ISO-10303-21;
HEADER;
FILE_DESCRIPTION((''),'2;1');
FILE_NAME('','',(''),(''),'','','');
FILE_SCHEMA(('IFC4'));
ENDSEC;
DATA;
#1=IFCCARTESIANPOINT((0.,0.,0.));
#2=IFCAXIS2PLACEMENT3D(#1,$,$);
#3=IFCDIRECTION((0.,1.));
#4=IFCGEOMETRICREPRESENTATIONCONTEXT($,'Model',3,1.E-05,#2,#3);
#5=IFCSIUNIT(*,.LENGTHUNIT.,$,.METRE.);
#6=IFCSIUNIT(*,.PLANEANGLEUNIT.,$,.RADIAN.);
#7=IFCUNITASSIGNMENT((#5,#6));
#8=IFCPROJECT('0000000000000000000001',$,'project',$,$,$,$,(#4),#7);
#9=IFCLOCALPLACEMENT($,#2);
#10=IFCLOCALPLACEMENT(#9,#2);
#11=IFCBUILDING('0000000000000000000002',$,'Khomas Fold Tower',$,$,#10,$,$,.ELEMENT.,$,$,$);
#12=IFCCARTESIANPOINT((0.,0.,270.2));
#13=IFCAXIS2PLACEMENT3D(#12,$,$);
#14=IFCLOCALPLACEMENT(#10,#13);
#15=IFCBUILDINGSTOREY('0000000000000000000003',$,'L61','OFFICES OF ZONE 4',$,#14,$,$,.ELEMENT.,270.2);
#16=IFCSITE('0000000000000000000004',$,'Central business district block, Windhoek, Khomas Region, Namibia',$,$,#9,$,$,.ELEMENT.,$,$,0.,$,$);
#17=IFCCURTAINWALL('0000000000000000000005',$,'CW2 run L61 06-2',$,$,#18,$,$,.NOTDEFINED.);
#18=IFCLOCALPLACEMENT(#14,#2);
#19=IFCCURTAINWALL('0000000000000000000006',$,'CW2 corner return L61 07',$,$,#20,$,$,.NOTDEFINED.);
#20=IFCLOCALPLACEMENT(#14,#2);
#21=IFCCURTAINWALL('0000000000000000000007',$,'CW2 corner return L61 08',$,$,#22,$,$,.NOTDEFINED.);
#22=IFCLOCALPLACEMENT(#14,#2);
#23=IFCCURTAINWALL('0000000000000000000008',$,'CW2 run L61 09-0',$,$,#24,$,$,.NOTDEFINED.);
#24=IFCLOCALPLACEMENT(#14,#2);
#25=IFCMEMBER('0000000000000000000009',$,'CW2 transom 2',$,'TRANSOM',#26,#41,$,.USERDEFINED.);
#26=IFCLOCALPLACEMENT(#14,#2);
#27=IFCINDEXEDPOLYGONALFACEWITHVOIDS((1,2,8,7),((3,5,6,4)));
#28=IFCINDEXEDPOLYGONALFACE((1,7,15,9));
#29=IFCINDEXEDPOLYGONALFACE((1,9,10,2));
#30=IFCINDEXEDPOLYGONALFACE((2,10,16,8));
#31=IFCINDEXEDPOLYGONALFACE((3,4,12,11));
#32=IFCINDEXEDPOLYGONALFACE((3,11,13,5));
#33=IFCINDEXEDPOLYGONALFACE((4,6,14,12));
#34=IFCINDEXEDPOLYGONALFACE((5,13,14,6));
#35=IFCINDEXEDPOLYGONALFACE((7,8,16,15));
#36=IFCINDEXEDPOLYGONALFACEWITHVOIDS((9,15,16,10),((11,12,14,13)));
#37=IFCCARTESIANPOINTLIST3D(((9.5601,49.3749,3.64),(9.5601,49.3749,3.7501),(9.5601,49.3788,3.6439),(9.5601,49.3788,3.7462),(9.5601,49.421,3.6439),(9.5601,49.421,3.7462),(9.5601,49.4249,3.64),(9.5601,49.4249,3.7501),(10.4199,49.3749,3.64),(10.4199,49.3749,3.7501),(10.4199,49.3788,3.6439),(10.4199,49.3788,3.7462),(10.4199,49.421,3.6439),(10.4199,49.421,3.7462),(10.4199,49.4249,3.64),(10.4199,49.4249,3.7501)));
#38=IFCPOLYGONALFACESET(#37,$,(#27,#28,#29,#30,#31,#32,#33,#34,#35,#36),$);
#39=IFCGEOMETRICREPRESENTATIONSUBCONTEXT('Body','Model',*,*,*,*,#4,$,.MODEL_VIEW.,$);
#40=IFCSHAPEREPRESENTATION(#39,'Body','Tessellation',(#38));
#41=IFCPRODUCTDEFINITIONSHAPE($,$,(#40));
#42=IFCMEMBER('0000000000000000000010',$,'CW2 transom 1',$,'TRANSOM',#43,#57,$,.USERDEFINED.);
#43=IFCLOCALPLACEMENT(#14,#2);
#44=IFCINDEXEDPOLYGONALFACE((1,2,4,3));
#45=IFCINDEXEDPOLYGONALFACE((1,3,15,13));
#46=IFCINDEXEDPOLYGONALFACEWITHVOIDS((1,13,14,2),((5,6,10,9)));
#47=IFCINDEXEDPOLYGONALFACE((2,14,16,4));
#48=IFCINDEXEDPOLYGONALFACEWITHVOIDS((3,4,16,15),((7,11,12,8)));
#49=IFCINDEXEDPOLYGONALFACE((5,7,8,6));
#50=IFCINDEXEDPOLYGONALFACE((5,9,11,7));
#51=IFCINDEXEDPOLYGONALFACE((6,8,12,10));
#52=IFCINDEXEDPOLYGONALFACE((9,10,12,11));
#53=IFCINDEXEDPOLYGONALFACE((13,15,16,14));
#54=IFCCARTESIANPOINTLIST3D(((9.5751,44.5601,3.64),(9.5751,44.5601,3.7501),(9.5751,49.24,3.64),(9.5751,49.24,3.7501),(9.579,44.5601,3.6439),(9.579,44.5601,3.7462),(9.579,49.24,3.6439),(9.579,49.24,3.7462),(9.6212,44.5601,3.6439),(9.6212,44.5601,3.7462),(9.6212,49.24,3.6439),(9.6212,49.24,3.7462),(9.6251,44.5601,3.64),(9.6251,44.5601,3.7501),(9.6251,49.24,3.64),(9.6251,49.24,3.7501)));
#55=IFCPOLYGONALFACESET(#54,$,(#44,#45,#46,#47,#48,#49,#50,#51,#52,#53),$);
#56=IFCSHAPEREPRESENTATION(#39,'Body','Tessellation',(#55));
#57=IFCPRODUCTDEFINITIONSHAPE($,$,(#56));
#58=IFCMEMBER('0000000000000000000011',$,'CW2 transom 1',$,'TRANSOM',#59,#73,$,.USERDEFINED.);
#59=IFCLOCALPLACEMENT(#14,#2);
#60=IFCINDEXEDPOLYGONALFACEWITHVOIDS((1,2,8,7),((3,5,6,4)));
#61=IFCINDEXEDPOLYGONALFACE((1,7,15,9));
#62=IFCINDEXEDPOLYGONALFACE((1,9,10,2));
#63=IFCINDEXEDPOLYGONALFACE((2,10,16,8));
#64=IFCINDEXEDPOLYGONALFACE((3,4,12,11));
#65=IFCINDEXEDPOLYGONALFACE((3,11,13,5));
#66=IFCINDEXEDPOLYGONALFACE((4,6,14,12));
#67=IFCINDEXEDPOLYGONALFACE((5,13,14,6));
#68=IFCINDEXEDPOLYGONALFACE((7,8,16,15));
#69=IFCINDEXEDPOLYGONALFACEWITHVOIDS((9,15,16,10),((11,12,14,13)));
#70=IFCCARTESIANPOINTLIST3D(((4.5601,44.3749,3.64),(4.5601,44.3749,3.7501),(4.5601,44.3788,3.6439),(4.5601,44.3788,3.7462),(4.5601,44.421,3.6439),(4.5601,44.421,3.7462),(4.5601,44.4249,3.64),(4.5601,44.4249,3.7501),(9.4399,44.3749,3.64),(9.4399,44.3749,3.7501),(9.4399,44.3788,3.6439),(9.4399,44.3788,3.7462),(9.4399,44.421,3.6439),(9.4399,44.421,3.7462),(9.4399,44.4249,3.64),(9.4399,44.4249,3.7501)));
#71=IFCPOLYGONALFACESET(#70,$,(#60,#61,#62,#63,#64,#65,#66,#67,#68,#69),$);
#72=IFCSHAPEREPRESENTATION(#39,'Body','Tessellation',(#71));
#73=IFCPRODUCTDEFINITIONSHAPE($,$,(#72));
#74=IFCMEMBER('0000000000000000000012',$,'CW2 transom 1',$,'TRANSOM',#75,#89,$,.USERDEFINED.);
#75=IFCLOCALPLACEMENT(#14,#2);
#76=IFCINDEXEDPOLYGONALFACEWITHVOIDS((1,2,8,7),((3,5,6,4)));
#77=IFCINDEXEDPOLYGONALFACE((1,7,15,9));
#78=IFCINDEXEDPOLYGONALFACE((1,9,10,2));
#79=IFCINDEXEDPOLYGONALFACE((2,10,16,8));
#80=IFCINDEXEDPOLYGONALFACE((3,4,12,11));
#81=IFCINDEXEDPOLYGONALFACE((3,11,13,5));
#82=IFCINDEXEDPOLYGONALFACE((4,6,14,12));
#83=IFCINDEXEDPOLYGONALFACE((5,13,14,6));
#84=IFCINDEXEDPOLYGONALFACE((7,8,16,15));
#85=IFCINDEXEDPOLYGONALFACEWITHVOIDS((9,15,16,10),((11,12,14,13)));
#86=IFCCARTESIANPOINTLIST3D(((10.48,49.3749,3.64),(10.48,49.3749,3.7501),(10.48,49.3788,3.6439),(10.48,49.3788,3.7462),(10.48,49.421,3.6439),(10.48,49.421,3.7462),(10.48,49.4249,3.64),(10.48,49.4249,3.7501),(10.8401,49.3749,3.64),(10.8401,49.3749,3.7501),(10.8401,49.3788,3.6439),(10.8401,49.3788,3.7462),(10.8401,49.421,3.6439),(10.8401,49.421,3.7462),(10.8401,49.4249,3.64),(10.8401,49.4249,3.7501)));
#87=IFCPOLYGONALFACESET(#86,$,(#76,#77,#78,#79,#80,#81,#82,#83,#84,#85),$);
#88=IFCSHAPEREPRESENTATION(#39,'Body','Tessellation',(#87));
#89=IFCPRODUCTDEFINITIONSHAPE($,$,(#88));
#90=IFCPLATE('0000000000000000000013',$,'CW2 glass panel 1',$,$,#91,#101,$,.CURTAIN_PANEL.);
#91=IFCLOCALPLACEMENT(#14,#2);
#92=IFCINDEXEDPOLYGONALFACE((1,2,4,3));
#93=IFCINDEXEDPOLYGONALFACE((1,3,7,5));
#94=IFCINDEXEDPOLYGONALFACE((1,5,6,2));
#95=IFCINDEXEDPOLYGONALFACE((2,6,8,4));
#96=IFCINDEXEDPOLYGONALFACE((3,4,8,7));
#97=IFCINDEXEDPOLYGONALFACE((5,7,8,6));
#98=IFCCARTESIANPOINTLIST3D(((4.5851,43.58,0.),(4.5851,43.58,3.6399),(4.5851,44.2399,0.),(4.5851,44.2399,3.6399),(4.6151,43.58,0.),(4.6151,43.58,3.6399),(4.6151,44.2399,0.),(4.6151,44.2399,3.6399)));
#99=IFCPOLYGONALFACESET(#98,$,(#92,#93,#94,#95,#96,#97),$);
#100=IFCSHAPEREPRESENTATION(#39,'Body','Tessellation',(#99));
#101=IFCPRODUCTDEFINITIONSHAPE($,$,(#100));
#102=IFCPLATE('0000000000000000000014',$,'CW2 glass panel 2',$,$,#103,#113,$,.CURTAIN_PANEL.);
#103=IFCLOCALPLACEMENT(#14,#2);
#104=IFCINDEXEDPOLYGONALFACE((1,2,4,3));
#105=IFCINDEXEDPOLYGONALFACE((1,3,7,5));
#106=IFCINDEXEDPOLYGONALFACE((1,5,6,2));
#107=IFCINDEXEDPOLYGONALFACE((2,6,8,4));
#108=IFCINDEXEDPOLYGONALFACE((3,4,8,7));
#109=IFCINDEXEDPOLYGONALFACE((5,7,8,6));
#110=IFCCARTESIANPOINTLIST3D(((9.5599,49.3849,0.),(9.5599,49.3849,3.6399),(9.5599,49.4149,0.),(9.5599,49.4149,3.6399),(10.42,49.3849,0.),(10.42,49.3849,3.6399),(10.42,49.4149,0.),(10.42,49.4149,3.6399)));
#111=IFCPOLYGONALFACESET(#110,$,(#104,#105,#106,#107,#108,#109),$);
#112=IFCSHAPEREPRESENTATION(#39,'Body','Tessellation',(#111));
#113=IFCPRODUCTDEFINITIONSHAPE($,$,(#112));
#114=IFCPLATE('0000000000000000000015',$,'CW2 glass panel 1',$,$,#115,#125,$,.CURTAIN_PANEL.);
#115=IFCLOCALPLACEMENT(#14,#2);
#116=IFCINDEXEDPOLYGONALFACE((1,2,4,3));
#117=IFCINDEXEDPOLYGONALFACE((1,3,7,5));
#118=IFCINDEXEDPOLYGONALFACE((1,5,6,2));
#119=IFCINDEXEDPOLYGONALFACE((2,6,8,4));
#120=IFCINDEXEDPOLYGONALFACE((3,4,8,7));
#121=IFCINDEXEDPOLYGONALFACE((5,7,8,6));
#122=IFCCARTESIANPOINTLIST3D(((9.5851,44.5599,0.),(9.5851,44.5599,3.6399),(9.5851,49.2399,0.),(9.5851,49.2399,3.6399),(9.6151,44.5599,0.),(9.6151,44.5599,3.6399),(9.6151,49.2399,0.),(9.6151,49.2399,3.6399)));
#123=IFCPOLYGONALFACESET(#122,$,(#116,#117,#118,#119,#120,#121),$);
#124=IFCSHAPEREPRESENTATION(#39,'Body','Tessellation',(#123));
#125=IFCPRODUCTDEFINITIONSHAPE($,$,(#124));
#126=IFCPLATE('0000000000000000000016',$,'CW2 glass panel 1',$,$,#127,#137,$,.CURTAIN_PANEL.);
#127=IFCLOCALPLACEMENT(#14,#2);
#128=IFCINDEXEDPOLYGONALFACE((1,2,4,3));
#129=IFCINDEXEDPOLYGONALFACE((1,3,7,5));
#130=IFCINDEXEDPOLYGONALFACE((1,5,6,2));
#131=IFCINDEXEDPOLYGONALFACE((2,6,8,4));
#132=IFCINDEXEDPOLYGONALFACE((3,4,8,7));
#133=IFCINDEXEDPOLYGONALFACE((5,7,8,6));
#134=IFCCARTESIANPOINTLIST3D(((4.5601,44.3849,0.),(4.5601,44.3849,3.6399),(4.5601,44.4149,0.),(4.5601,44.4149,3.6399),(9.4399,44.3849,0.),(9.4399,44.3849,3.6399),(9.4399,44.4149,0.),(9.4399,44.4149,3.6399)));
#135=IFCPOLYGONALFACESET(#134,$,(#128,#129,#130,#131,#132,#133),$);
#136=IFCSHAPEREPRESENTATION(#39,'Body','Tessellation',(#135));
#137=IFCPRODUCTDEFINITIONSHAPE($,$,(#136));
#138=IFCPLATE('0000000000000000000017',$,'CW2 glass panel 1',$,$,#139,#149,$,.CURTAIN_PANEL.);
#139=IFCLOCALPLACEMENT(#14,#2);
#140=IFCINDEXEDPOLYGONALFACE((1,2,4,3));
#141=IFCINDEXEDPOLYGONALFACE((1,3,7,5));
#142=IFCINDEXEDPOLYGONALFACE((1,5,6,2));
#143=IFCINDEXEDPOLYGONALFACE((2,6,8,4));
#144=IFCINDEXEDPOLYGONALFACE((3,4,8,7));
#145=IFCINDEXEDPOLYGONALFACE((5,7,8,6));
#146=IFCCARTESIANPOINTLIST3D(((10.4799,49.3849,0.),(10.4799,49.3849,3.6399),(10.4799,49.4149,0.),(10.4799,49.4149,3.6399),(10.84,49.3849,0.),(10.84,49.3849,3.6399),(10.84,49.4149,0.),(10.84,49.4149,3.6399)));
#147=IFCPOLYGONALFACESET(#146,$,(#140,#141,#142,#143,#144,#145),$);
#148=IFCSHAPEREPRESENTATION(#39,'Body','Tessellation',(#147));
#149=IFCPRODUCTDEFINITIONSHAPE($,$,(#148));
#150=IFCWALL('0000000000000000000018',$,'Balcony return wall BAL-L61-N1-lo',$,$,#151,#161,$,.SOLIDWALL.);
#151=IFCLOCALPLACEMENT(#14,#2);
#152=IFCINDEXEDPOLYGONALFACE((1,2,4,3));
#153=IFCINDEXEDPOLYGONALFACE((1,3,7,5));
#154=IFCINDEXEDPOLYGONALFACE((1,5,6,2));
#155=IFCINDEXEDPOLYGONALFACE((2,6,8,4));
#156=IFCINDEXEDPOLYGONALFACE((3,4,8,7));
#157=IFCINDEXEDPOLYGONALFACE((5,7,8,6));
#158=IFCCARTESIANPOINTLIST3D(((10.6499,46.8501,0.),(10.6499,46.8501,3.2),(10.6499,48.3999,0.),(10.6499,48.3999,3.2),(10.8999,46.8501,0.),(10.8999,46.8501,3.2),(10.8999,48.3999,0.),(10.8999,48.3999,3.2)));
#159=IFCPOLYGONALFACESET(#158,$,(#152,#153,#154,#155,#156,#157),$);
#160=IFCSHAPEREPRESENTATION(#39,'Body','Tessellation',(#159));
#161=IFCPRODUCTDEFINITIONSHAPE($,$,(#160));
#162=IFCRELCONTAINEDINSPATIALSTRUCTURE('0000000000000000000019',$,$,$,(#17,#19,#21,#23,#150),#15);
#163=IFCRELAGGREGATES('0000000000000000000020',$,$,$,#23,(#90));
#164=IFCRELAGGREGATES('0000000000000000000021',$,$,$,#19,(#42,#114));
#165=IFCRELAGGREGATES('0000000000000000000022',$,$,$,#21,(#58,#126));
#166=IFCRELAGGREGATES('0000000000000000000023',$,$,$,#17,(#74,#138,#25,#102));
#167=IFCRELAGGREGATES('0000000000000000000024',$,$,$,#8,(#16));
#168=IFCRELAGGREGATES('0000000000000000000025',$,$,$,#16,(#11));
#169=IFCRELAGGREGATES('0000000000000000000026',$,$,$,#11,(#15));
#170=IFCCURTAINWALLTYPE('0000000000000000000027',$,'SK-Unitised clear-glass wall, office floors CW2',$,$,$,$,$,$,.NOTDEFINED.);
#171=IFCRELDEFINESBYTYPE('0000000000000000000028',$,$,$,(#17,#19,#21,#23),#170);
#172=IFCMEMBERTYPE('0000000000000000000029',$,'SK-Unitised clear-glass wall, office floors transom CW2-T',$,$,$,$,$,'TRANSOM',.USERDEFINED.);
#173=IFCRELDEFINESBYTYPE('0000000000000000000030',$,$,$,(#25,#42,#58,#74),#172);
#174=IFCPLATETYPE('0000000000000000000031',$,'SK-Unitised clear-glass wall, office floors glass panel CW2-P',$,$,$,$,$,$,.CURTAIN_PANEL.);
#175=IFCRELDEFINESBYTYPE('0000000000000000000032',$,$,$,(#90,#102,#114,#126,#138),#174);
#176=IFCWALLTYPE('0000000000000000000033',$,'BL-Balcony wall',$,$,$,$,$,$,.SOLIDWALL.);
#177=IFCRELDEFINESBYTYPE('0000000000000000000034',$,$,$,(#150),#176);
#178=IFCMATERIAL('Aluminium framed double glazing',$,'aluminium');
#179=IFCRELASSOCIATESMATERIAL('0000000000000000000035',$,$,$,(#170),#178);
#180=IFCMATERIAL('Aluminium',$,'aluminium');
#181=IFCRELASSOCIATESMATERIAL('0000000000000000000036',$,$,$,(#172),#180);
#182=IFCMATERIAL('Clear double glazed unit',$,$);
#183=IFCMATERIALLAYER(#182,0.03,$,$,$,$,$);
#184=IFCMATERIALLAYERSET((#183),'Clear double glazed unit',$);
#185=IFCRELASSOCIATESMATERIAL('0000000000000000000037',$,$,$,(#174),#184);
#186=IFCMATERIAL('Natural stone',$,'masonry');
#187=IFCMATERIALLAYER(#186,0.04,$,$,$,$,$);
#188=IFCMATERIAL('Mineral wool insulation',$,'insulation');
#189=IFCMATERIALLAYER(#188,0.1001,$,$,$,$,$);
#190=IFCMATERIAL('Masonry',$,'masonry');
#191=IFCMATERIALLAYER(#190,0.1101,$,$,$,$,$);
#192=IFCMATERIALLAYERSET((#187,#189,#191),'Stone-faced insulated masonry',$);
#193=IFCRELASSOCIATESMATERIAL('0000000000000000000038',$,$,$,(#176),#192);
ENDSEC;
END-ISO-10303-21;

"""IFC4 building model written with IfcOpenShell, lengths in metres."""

from ifc_helpers import new_model, si_unit, direction, frame, frame_2d, origin, origin_2d, place, context, subcontext, project, spatial, rectangle, hollow_rectangle, extrude, source, transform, mapped, material, layer, layer_set, material_profile, profile_set, type_object, element, aggregate, save


model = new_model("IFC4")

# Units and contexts
model_context = context("Model", 3, precision=1e-05, world=origin(), true_north=direction((0.0, 1.0)))
body_context = subcontext(model_context, "Body", "Model", "MODEL_VIEW")
ifc_project = project(units=[si_unit("LENGTHUNIT", "METRE"), si_unit("PLANEANGLEUNIT", "RADIAN")], contexts=[model_context])

# Site, building, storey
site_placement = place(None, origin())
site = spatial("IfcSite", under=ifc_project, at=site_placement, Name="Central business district block, Windhoek, Khomas Region, Namibia", CompositionType="ELEMENT", RefElevation=0.0)
building_placement = place(site_placement, origin())
building = spatial("IfcBuilding", under=site, at=building_placement, Name="Khomas Fold Tower", CompositionType="ELEMENT")
storey_placement = place(building_placement, frame((0.0, 0.0, 270.2)))
storey = spatial("IfcBuildingStorey", under=building, at=storey_placement, Name="L61", Description="OFFICES OF ZONE 4", CompositionType="ELEMENT", Elevation=270.2)

# Curtain walls
ifc_material_1 = material(Name="Aluminium framed double glazing", Category="aluminium")
curtain_wall_type = type_object("IfcCurtainWallType", Name="SK-Unitised clear-glass wall, office floors CW2", PredefinedType="NOTDEFINED", material=ifc_material_1)
curtain_wall_1_placement = place(storey_placement, origin())
curtain_wall_1 = element("IfcCurtainWall", 1, at=curtain_wall_1_placement, inside=storey, type_object=curtain_wall_type, Name="CW2 run L61 06-2", PredefinedType="NOTDEFINED")
curtain_wall_2_placement = place(storey_placement, origin())
curtain_wall_2 = element("IfcCurtainWall", 2, at=curtain_wall_2_placement, inside=storey, type_object=curtain_wall_type, Name="CW2 corner return L61 07", PredefinedType="NOTDEFINED")
curtain_wall_3_placement = place(storey_placement, origin())
curtain_wall_3 = element("IfcCurtainWall", 3, at=curtain_wall_3_placement, inside=storey, type_object=curtain_wall_type, Name="CW2 corner return L61 08", PredefinedType="NOTDEFINED")

# Curtain wall
curtain_wall_4_placement = place(storey_placement, origin())
curtain_wall_4 = element("IfcCurtainWall", 4, at=curtain_wall_4_placement, inside=storey, type_object=curtain_wall_type, Name="CW2 run L61 09-0", PredefinedType="NOTDEFINED")
ifc_material_2 = material(Name="Aluminium", Category="aluminium")
ifc_material_profile_1 = material_profile(ifc_material_2, hollow_rectangle(XDim=0.05, YDim=0.1101, WallThickness=0.0039, at=origin_2d()), Name="SK-Unitised clear-glass wall, office floors transom CW2-T")
ifc_profile_set_1 = profile_set([ifc_material_profile_1], Name="Aluminium")
member_type_1 = type_object("IfcMemberType", Name="SK-Unitised clear-glass wall, office floors transom CW2-T", ElementType="TRANSOM", PredefinedType="USERDEFINED", material=ifc_profile_set_1)

# Members
shared_shape_1 = source(origin(), body_context, "Body", "SweptSolid", [
    extrude(hollow_rectangle(XDim=0.05, YDim=0.1101, WallThickness=0.0039, at=origin_2d()), origin(), (0.0, 0.0, 1.0), 0.8599),
])
member_1_placement = place(storey_placement, frame((10.4199, 49.3999, 3.6951), z_axis=(-1.0, 0.0, 0.0), x_axis=(0.0, -1.0, 0.0)))
member_1 = element("IfcMember", 5, at=member_1_placement, type_object=member_type_1, Name="CW2 transom 2", ObjectType="TRANSOM", PredefinedType="USERDEFINED", context=body_context, shape_type="MappedRepresentation", body=[
    mapped(shared_shape_1, transform((0.0, 0.0, 0.0))),
])
shared_shape_2 = source(origin(), body_context, "Body", "SweptSolid", [
    extrude(hollow_rectangle(XDim=0.05, YDim=0.1101, WallThickness=0.0039, at=origin_2d()), origin(), (0.0, 0.0, 1.0), 4.6799),
])
member_2_placement = place(storey_placement, frame((9.6001, 49.24, 3.6951), z_axis=(0.0, -1.0, 0.0), x_axis=(1.0, 0.0, 0.0)))
member_2 = element("IfcMember", 6, at=member_2_placement, type_object=member_type_1, Name="CW2 transom 1", ObjectType="TRANSOM", PredefinedType="USERDEFINED", context=body_context, shape_type="MappedRepresentation", body=[
    mapped(shared_shape_2, transform((0.0, 0.0, 0.0))),
])
shared_shape_3 = source(origin(), body_context, "Body", "SweptSolid", [
    extrude(hollow_rectangle(XDim=0.05, YDim=0.1101, WallThickness=0.0039, at=origin_2d()), origin(), (0.0, 0.0, 1.0), 4.8799),
])
member_3_placement = place(storey_placement, frame((9.4399, 44.3999, 3.6951), z_axis=(-1.0, 0.0, 0.0), x_axis=(0.0, -1.0, 0.0)))
member_3 = element("IfcMember", 7, at=member_3_placement, type_object=member_type_1, Name="CW2 transom 1", ObjectType="TRANSOM", PredefinedType="USERDEFINED", context=body_context, shape_type="MappedRepresentation", body=[
    mapped(shared_shape_3, transform((0.0, 0.0, 0.0))),
])
shared_shape_4 = source(origin(), body_context, "Body", "SweptSolid", [
    extrude(hollow_rectangle(XDim=0.05, YDim=0.1101, WallThickness=0.0039, at=origin_2d()), origin(), (0.0, 0.0, 1.0), 0.3601),
])
member_4_placement = place(storey_placement, frame((10.8401, 49.3999, 3.6951), z_axis=(-1.0, 0.0, 0.0), x_axis=(0.0, -1.0, 0.0)))
member_4 = element("IfcMember", 8, at=member_4_placement, type_object=member_type_1, Name="CW2 transom 1", ObjectType="TRANSOM", PredefinedType="USERDEFINED", context=body_context, shape_type="MappedRepresentation", body=[
    mapped(shared_shape_4, transform((0.0, 0.0, 0.0))),
])

# Plates
ifc_material_3 = material(Name="Clear double glazed unit")
ifc_layer_1 = layer(ifc_material_3, 0.03)
ifc_layer_set_1 = layer_set([ifc_layer_1], Name="Clear double glazed unit")
plate_type = type_object("IfcPlateType", Name="SK-Unitised clear-glass wall, office floors glass panel CW2-P", PredefinedType="CURTAIN_PANEL", material=ifc_layer_set_1)
shared_shape_5 = source(origin(), body_context, "Body", "SweptSolid", [
    extrude(rectangle(XDim=0.6599, YDim=0.03, at=origin_2d()), origin(), (0.0, 0.0, 1.0), 3.6399),
])
plate_1_placement = place(storey_placement, frame((4.6001, 43.9099, 0.0), z_axis=(0.0, 0.0, 1.0), x_axis=(0.0, -1.0, 0.0)))
plate_1 = element("IfcPlate", 9, at=plate_1_placement, type_object=plate_type, Name="CW2 glass panel 1", PredefinedType="CURTAIN_PANEL", context=body_context, shape_type="MappedRepresentation", body=[
    mapped(shared_shape_5, transform((0.0, 0.0, 0.0))),
])
aggregate(curtain_wall_4, [plate_1])
shared_shape_6 = source(origin(), body_context, "Body", "SweptSolid", [
    extrude(rectangle(XDim=0.8601, YDim=0.03, at=origin_2d()), origin(), (0.0, 0.0, 1.0), 3.6399),
])
plate_2_placement = place(storey_placement, frame((9.99, 49.3999, 0.0), z_axis=(0.0, 0.0, 1.0), x_axis=(-1.0, 0.0, 0.0)))
plate_2 = element("IfcPlate", 10, at=plate_2_placement, type_object=plate_type, Name="CW2 glass panel 2", PredefinedType="CURTAIN_PANEL", context=body_context, shape_type="MappedRepresentation", body=[
    mapped(shared_shape_6, transform((0.0, 0.0, 0.0))),
])
shared_shape_7 = source(origin(), body_context, "Body", "SweptSolid", [
    extrude(rectangle(XDim=4.6799, YDim=0.03, at=origin_2d()), origin(), (0.0, 0.0, 1.0), 3.6399),
])
plate_3_placement = place(storey_placement, frame((9.6001, 46.8999, 0.0), z_axis=(0.0, 0.0, 1.0), x_axis=(0.0, -1.0, 0.0)))
plate_3 = element("IfcPlate", 11, at=plate_3_placement, type_object=plate_type, Name="CW2 glass panel 1", PredefinedType="CURTAIN_PANEL", context=body_context, shape_type="MappedRepresentation", body=[
    mapped(shared_shape_7, transform((0.0, 0.0, 0.0))),
])
aggregate(curtain_wall_2, [member_2, plate_3])
shared_shape_8 = source(origin(), body_context, "Body", "SweptSolid", [
    extrude(rectangle(XDim=4.8799, YDim=0.03, at=origin_2d()), origin(), (0.0, 0.0, 1.0), 3.6399),
])
plate_4_placement = place(storey_placement, frame((7.0, 44.3999, 0.0), z_axis=(0.0, 0.0, 1.0), x_axis=(-1.0, 0.0, 0.0)))
plate_4 = element("IfcPlate", 12, at=plate_4_placement, type_object=plate_type, Name="CW2 glass panel 1", PredefinedType="CURTAIN_PANEL", context=body_context, shape_type="MappedRepresentation", body=[
    mapped(shared_shape_8, transform((0.0, 0.0, 0.0))),
])
aggregate(curtain_wall_3, [member_3, plate_4])
shared_shape_9 = source(origin(), body_context, "Body", "SweptSolid", [
    extrude(rectangle(XDim=0.3601, YDim=0.03, at=origin_2d()), origin(), (0.0, 0.0, 1.0), 3.6399),
])
plate_5_placement = place(storey_placement, frame((10.6599, 49.3999, 0.0), z_axis=(0.0, 0.0, 1.0), x_axis=(-1.0, 0.0, 0.0)))
plate_5 = element("IfcPlate", 13, at=plate_5_placement, type_object=plate_type, Name="CW2 glass panel 1", PredefinedType="CURTAIN_PANEL", context=body_context, shape_type="MappedRepresentation", body=[
    mapped(shared_shape_9, transform((0.0, 0.0, 0.0))),
])
aggregate(curtain_wall_1, [member_4, plate_5, member_1, plate_2])

# Wall
ifc_material_4 = material(Name="Natural stone", Category="masonry")
ifc_layer_2 = layer(ifc_material_4, 0.04)
ifc_material_5 = material(Name="Mineral wool insulation", Category="insulation")
ifc_layer_3 = layer(ifc_material_5, 0.1001)
ifc_material_6 = material(Name="Masonry", Category="masonry")
ifc_layer_4 = layer(ifc_material_6, 0.1101)
ifc_layer_set_2 = layer_set([ifc_layer_2, ifc_layer_3, ifc_layer_4], Name="Stone-faced insulated masonry")
wall_type = type_object("IfcWallType", Name="BL-Balcony wall", PredefinedType="SOLIDWALL", material=ifc_layer_set_2)
shared_shape_10 = source(origin(), body_context, "Body", "SweptSolid", [
    extrude(rectangle(XDim=1.5498, YDim=0.25, at=frame_2d((0.7749, 0.0))), origin(), (0.0, 0.0, 1.0), 3.2),
])
wall_placement = place(storey_placement, frame((10.7749, 48.3999, 0.0), z_axis=(0.0, 0.0, 1.0), x_axis=(0.0, -1.0, 0.0)))
element("IfcWall", 14, at=wall_placement, inside=storey, type_object=wall_type, Name="Balcony return wall BAL-L61-N1-lo", PredefinedType="SOLIDWALL", context=body_context, shape_type="MappedRepresentation", body=[
    mapped(shared_shape_10, transform((0.0, 0.0, 0.0))),
])

save(model, "model.ifc")
